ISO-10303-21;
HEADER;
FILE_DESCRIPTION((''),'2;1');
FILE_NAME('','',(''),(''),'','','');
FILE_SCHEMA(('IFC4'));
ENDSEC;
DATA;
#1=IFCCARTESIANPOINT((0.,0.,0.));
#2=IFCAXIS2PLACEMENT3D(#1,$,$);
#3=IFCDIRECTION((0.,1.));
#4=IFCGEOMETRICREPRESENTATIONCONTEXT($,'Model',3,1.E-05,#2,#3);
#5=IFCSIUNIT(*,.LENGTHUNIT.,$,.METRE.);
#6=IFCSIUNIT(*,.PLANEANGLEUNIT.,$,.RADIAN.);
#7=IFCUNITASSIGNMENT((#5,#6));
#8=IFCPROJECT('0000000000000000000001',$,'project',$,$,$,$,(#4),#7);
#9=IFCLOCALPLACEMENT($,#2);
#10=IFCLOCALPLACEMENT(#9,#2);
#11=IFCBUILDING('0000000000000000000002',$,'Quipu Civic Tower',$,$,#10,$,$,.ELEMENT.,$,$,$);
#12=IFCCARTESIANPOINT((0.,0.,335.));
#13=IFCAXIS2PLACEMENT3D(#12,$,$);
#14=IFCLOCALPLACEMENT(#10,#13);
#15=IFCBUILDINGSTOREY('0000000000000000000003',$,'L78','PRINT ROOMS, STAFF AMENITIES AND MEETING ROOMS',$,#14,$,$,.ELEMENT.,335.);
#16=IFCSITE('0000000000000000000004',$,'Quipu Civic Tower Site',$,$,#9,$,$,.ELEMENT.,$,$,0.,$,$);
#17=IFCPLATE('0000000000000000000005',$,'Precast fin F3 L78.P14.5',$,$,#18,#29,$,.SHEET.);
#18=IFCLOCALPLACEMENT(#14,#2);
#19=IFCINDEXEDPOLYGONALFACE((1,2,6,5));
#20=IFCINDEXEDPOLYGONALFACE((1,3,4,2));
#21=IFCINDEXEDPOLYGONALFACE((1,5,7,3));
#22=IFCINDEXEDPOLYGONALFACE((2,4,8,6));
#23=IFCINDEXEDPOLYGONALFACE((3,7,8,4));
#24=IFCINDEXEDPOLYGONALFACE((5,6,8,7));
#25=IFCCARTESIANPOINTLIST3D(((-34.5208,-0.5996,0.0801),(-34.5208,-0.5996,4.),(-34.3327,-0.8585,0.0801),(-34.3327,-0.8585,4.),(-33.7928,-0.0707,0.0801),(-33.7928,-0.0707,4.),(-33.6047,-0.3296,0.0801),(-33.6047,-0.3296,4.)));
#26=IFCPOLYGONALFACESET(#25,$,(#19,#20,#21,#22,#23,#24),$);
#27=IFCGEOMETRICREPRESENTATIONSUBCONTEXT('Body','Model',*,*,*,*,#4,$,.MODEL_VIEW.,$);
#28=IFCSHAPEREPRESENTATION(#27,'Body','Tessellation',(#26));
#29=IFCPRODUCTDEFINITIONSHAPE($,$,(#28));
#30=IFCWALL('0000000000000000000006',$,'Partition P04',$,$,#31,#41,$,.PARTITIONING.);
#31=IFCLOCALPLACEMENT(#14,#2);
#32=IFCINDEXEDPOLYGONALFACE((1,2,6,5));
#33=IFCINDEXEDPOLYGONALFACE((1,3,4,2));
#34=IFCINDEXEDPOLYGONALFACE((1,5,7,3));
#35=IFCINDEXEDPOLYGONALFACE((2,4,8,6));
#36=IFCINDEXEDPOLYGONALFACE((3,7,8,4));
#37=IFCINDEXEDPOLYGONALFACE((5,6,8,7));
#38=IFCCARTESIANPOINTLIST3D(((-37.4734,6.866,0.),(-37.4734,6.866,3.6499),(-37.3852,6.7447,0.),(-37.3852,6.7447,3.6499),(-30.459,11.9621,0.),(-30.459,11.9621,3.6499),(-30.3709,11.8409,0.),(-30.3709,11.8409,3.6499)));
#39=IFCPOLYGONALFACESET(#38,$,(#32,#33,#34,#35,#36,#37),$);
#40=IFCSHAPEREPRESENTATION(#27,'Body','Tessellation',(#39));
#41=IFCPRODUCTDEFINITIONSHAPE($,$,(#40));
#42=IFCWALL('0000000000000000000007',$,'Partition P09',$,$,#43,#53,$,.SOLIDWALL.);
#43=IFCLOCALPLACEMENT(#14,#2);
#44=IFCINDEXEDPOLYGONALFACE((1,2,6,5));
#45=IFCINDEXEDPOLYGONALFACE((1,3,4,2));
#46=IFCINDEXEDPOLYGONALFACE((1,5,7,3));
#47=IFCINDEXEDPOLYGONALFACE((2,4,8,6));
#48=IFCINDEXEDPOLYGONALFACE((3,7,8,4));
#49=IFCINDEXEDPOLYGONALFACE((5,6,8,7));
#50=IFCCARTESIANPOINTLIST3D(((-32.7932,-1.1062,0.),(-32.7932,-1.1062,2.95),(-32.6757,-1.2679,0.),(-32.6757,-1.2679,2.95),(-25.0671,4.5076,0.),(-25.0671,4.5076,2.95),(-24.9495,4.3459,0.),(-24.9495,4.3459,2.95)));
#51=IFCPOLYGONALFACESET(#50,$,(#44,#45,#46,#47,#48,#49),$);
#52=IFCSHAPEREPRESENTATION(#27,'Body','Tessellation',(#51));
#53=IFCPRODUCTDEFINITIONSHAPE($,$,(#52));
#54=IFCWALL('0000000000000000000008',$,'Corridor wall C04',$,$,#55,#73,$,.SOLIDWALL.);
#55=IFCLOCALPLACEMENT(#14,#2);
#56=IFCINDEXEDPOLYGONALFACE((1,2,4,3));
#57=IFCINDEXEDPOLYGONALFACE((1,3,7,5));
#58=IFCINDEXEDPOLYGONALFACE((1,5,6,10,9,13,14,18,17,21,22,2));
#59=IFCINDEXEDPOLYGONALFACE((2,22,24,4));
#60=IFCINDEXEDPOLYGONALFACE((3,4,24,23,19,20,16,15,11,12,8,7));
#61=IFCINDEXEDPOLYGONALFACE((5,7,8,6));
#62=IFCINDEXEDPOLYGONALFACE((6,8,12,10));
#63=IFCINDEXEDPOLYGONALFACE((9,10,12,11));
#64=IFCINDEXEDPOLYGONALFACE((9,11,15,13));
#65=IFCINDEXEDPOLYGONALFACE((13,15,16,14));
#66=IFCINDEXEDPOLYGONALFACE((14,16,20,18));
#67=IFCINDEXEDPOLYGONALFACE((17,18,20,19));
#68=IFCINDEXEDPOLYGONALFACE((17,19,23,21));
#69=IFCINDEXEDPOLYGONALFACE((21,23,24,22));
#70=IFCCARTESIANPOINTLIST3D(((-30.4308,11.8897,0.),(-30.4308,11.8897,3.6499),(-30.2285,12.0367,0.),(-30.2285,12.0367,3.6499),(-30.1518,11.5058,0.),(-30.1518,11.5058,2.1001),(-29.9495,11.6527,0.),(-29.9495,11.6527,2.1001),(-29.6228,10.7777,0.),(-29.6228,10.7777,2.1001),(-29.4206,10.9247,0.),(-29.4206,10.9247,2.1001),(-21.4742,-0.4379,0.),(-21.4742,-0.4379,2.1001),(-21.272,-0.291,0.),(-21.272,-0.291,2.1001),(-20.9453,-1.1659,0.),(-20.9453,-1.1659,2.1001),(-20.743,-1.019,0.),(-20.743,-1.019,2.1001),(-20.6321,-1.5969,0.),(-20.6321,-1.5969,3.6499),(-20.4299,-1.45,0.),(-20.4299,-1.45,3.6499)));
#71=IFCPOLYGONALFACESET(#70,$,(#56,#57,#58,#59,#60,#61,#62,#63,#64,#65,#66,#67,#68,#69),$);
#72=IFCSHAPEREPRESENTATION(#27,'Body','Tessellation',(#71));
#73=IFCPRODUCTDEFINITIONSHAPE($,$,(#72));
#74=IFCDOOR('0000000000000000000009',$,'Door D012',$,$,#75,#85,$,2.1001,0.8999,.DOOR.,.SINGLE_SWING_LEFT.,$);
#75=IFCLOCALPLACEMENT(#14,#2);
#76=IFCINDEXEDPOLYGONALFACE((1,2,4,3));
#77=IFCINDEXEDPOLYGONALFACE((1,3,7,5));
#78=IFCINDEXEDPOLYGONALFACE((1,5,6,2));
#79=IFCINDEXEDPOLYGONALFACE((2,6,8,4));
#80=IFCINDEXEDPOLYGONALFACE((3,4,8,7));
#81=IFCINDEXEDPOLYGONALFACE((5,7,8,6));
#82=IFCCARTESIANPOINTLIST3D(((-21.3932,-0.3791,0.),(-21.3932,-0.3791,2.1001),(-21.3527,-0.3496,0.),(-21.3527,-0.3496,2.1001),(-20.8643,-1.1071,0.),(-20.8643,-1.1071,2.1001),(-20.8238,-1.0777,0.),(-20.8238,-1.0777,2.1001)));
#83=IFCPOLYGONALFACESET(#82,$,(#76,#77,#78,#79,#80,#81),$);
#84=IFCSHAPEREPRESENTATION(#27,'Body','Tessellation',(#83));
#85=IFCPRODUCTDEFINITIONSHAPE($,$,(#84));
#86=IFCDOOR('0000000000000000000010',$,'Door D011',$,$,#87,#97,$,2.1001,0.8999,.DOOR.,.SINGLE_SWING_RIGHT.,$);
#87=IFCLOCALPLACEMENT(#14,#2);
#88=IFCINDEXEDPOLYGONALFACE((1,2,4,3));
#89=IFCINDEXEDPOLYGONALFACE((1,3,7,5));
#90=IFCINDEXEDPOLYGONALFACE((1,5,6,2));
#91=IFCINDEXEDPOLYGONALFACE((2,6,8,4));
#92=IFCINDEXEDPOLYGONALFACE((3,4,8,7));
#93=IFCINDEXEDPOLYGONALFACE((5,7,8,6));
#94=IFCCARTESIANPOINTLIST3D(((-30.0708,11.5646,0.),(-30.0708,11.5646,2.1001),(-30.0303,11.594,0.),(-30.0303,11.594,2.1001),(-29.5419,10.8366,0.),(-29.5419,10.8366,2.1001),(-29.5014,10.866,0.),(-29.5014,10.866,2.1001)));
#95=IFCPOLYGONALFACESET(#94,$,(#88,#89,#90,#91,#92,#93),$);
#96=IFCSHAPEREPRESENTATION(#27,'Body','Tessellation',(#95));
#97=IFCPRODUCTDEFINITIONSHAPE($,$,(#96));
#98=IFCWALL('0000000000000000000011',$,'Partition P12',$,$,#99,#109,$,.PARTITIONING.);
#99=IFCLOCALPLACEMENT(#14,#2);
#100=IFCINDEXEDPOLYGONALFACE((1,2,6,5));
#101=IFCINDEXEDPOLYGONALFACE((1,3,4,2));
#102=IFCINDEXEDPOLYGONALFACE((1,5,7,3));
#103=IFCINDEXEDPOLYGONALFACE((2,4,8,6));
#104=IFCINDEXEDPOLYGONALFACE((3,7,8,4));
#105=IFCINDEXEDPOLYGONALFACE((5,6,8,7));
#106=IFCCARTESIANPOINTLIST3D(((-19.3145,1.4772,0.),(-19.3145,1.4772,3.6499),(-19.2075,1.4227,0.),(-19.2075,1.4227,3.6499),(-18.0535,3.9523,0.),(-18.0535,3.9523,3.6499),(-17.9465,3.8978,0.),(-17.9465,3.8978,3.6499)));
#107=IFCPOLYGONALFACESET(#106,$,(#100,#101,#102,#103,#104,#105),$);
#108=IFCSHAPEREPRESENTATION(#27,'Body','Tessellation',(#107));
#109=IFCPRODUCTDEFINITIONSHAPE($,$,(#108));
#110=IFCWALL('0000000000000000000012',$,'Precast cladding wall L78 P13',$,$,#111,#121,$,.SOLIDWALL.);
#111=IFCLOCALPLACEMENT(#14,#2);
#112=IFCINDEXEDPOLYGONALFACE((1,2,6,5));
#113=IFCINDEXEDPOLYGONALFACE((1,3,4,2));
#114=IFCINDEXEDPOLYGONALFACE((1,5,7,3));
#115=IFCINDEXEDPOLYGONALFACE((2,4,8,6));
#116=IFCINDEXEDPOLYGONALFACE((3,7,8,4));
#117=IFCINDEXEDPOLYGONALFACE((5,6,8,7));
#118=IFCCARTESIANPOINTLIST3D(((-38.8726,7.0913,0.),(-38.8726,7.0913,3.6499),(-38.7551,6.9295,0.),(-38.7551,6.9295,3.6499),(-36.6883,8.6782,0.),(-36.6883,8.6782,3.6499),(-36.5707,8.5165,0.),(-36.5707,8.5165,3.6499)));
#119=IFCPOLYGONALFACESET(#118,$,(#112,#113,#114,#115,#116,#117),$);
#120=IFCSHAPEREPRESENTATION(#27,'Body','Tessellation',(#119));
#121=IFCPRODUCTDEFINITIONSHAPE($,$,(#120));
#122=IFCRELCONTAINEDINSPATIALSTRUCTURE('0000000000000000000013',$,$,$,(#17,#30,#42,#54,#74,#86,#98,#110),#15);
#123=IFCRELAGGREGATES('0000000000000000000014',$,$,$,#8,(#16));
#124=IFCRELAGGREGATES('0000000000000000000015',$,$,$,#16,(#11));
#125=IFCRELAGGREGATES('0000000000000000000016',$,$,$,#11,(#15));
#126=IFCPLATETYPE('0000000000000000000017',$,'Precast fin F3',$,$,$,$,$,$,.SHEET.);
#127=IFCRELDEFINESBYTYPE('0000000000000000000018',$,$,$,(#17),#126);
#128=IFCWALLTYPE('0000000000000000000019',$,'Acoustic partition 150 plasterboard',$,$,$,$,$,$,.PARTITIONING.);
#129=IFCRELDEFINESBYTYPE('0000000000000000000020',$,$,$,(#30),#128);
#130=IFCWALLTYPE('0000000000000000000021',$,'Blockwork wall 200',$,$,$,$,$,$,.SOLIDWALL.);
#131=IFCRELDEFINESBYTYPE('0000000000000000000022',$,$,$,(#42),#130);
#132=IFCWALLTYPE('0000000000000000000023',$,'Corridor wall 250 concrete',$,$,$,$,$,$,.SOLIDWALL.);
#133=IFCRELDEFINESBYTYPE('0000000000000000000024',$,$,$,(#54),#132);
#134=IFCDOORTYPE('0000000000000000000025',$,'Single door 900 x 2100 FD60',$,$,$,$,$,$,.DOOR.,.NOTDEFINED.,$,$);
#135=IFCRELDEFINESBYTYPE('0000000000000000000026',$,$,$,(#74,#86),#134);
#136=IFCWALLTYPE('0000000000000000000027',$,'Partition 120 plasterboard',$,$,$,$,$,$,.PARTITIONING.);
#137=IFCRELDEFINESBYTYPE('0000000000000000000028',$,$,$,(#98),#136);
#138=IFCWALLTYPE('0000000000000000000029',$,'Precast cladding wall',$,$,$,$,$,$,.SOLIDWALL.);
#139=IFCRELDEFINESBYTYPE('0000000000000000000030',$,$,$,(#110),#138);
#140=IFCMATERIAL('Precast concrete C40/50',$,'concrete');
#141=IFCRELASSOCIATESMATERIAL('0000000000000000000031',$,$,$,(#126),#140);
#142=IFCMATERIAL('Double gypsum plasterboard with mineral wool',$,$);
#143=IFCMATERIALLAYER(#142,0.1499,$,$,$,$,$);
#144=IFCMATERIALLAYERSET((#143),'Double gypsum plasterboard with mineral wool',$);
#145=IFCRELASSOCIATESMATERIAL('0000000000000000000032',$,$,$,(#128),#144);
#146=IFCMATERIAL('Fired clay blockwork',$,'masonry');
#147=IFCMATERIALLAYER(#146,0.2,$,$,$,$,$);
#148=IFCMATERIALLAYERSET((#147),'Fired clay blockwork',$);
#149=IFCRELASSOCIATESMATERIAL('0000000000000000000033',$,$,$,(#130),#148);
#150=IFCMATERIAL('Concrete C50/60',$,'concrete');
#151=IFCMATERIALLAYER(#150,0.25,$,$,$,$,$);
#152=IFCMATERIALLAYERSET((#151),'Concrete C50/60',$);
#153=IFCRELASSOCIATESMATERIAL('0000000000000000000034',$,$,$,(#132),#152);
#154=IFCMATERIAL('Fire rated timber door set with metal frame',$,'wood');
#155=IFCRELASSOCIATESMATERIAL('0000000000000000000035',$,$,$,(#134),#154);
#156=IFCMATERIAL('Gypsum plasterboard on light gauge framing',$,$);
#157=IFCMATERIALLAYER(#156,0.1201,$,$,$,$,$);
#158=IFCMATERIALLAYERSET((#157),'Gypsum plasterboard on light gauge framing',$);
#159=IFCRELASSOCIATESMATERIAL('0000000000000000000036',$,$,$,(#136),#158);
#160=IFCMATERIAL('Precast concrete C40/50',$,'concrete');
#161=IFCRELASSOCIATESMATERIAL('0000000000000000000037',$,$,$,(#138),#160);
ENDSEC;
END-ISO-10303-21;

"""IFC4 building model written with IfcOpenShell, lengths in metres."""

from ifc_helpers import new_model, si_unit, direction, frame, frame_2d, origin, origin_2d, place, context, subcontext, project, spatial, rectangle, extrude, material, layer, layer_set, type_object, element, fill, save


model = new_model("IFC4")

# Units and contexts
model_context = context("Model", 3, precision=1e-05, world=origin(), true_north=direction((0.0, 1.0)))
body_context = subcontext(model_context, "Body", "Model", "MODEL_VIEW")
ifc_project = project(units=[si_unit("LENGTHUNIT", "METRE"), si_unit("PLANEANGLEUNIT", "RADIAN")], contexts=[model_context])

# Site, building, storey
site_placement = place(None, origin())
site = spatial("IfcSite", under=ifc_project, at=site_placement, Name="Quipu Civic Tower Site", CompositionType="ELEMENT", RefElevation=0.0)
building_placement = place(site_placement, origin())
building = spatial("IfcBuilding", under=site, at=building_placement, Name="Quipu Civic Tower", CompositionType="ELEMENT")
storey_placement = place(building_placement, frame((0.0, 0.0, 335.0)))
storey = spatial("IfcBuildingStorey", under=building, at=storey_placement, Name="L78", Description="PRINT ROOMS, STAFF AMENITIES AND MEETING ROOMS", CompositionType="ELEMENT", Elevation=335.0)

# Plate
ifc_material_1 = material(Name="Precast concrete C40/50", Category="concrete")
plate_type_1 = type_object("IfcPlateType", Name="Precast fin F3", PredefinedType="SHEET", material=ifc_material_1)
for number, where, z_axis, x_axis, name in (
    (1, (-34.0627, -0.4646, 0.0801), (0.0, 0.0, 1.0), (0.587787, -0.809016, 0.0), "Precast fin F3 L78.P14.5"),
):
    element("IfcPlate", number, at=place(storey_placement, frame(where, z_axis=z_axis, x_axis=x_axis)), inside=storey, type_object=plate_type_1, Name=name, PredefinedType="SHEET", context=body_context, shape_type="SweptSolid", body=[
        extrude(rectangle(XDim=0.3201, YDim=0.8999, at=origin_2d()), origin(), (0.0, 0.0, 1.0), 3.9199),
    ])

# Walls
ifc_material_2 = material(Name="Double gypsum plasterboard with mineral wool")
ifc_layer_1 = layer(ifc_material_2, 0.1499)
ifc_layer_set_1 = layer_set([ifc_layer_1], Name="Double gypsum plasterboard with mineral wool")
wall_type_1 = type_object("IfcWallType", Name="Acoustic partition 150 plasterboard", PredefinedType="PARTITIONING", material=ifc_layer_set_1)
wall_1_placement = place(storey_placement, frame((-37.4292, 6.8054, 0.0), z_axis=(0.0, 0.0, 1.0), x_axis=(0.809021, 0.58778, 0.0)))
element("IfcWall", 2, at=wall_1_placement, inside=storey, type_object=wall_type_1, Name="Partition P04", PredefinedType="PARTITIONING", context=body_context, shape_type="SweptSolid", body=[
    extrude(rectangle(XDim=8.6702, YDim=0.1499, at=frame_2d((4.335, 0.0))), origin(), (0.0, 0.0, 1.0), 3.6499),
])
ifc_material_3 = material(Name="Fired clay blockwork", Category="masonry")
ifc_layer_2 = layer(ifc_material_3, 0.2)
ifc_layer_set_2 = layer_set([ifc_layer_2], Name="Fired clay blockwork")
wall_type_2 = type_object("IfcWallType", Name="Blockwork wall 200", PredefinedType="SOLIDWALL", material=ifc_layer_set_2)
wall_2_placement = place(storey_placement, frame((-25.0083, 4.4268, 0.0), z_axis=(0.0, 0.0, 1.0), x_axis=(-0.808995, -0.587816, 0.0)))
element("IfcWall", 3, at=wall_2_placement, inside=storey, type_object=wall_type_2, Name="Partition P09", PredefinedType="SOLIDWALL", context=body_context, shape_type="SweptSolid", body=[
    extrude(rectangle(XDim=9.5503, YDim=0.2, at=frame_2d((4.7751, 0.0))), origin(), (0.0, 0.0, 1.0), 2.95),
])

# Wall, openings, doors
ifc_material_4 = material(Name="Concrete C50/60", Category="concrete")
ifc_layer_3 = layer(ifc_material_4, 0.25)
ifc_layer_set_3 = layer_set([ifc_layer_3], Name="Concrete C50/60")
wall_type_3 = type_object("IfcWallType", Name="Corridor wall 250 concrete", PredefinedType="SOLIDWALL", material=ifc_layer_set_3)
wall_3_placement = place(storey_placement, frame((-20.531, -1.5234, 0.0), z_axis=(0.0, 0.0, 1.0), x_axis=(-0.587786, 0.809017, 0.0)))
wall_3 = element("IfcWall", 4, at=wall_3_placement, inside=storey, type_object=wall_type_3, Name="Corridor wall C04", PredefinedType="SOLIDWALL", context=body_context, shape_type="SweptSolid", body=[
    extrude(rectangle(XDim=16.6704, YDim=0.25, at=frame_2d((8.3352, 0.0))), origin(), (0.0, 0.0, 1.0), 3.6499),
])
opening_1_placement = place(wall_3_placement, frame((0.5327, 0.0, 0.0)))
opening_1 = element("IfcOpeningElement", 5, at=opening_1_placement, cuts=wall_3, PredefinedType="OPENING", context=body_context, shape_type="SweptSolid", body=[
    extrude(rectangle(XDim=0.8999, YDim=2.1001, at=frame_2d((0.45, 1.05))), frame((0.0, 0.135, 0.0), z_axis=(0.0, -1.0, 0.0), x_axis=(1.0, 0.0, 0.0)), (0.0, 0.0, 1.0), 0.27),
])
opening_2_placement = place(wall_3_placement, frame((15.2959, 0.0, 0.0)))
opening_2 = element("IfcOpeningElement", 6, at=opening_2_placement, cuts=wall_3, PredefinedType="OPENING", context=body_context, shape_type="SweptSolid", body=[
    extrude(rectangle(XDim=0.8999, YDim=2.1001, at=frame_2d((0.45, 1.05))), frame((0.0, 0.135, 0.0), z_axis=(0.0, -1.0, 0.0), x_axis=(1.0, 0.0, 0.0)), (0.0, 0.0, 1.0), 0.27),
])
ifc_material_5 = material(Name="Fire rated timber door set with metal frame", Category="wood")
door_type = type_object("IfcDoorType", Name="Single door 900 x 2100 FD60", OperationType="NOTDEFINED", PredefinedType="DOOR", material=ifc_material_5)
door_1_placement = place(opening_1_placement, origin())
door_1 = element("IfcDoor", 7, at=door_1_placement, inside=storey, type_object=door_type, Name="Door D012", OperationType="SINGLE_SWING_LEFT", OverallHeight=2.1001, OverallWidth=0.8999, PredefinedType="DOOR", context=body_context, shape_type="SweptSolid", body=[
    extrude(rectangle(XDim=0.8999, YDim=2.1001, at=frame_2d((0.45, 1.05))), frame((0.0, 0.0249, 0.0), z_axis=(0.0, -1.0, 0.0), x_axis=(1.0, 0.0, 0.0)), (0.0, 0.0, 1.0), 0.05),
])
fill(opening_1, door_1)
door_2_placement = place(opening_2_placement, origin())
door_2 = element("IfcDoor", 8, at=door_2_placement, inside=storey, type_object=door_type, Name="Door D011", OperationType="SINGLE_SWING_RIGHT", OverallHeight=2.1001, OverallWidth=0.8999, PredefinedType="DOOR", context=body_context, shape_type="SweptSolid", body=[
    extrude(rectangle(XDim=0.8999, YDim=2.1001, at=frame_2d((0.45, 1.05))), frame((0.0, 0.0249, 0.0), z_axis=(0.0, -1.0, 0.0), x_axis=(1.0, 0.0, 0.0)), (0.0, 0.0, 1.0), 0.05),
])
fill(opening_2, door_2)

# Walls
ifc_material_6 = material(Name="Gypsum plasterboard on light gauge framing")
ifc_layer_4 = layer(ifc_material_6, 0.1201)
ifc_layer_set_4 = layer_set([ifc_layer_4], Name="Gypsum plasterboard on light gauge framing")
wall_type_4 = type_object("IfcWallType", Name="Partition 120 plasterboard", PredefinedType="PARTITIONING", material=ifc_layer_set_4)
wall_4_placement = place(storey_placement, frame((-19.261, 1.45, 0.0), z_axis=(0.0, 0.0, 1.0), x_axis=(0.453951, 0.891027, 0.0)))
element("IfcWall", 9, at=wall_4_placement, inside=storey, type_object=wall_type_4, Name="Partition P12", PredefinedType="PARTITIONING", context=body_context, shape_type="SweptSolid", body=[
    extrude(rectangle(XDim=2.7778, YDim=0.1201, at=frame_2d((1.3889, 0.0))), origin(), (0.0, 0.0, 1.0), 3.6499),
])
ifc_material_7 = material(Name="Precast concrete C40/50", Category="concrete")
wall_type_5 = type_object("IfcWallType", Name="Precast cladding wall", PredefinedType="SOLIDWALL", material=ifc_material_7)
wall_5_placement = place(storey_placement, frame((-36.6294, 8.5974, 0.0), z_axis=(0.0, 0.0, 1.0), x_axis=(-0.809033, -0.587763, 0.0)))
element("IfcWall", 10, at=wall_5_placement, inside=storey, type_object=wall_type_5, Name="Precast cladding wall L78 P13", PredefinedType="SOLIDWALL", context=body_context, shape_type="SweptSolid", body=[
    extrude(rectangle(XDim=2.7, YDim=0.2, at=frame_2d((1.3501, 0.0))), origin(), (0.0, 0.0, 1.0), 3.6499),
])

save(model, "model.ifc")
